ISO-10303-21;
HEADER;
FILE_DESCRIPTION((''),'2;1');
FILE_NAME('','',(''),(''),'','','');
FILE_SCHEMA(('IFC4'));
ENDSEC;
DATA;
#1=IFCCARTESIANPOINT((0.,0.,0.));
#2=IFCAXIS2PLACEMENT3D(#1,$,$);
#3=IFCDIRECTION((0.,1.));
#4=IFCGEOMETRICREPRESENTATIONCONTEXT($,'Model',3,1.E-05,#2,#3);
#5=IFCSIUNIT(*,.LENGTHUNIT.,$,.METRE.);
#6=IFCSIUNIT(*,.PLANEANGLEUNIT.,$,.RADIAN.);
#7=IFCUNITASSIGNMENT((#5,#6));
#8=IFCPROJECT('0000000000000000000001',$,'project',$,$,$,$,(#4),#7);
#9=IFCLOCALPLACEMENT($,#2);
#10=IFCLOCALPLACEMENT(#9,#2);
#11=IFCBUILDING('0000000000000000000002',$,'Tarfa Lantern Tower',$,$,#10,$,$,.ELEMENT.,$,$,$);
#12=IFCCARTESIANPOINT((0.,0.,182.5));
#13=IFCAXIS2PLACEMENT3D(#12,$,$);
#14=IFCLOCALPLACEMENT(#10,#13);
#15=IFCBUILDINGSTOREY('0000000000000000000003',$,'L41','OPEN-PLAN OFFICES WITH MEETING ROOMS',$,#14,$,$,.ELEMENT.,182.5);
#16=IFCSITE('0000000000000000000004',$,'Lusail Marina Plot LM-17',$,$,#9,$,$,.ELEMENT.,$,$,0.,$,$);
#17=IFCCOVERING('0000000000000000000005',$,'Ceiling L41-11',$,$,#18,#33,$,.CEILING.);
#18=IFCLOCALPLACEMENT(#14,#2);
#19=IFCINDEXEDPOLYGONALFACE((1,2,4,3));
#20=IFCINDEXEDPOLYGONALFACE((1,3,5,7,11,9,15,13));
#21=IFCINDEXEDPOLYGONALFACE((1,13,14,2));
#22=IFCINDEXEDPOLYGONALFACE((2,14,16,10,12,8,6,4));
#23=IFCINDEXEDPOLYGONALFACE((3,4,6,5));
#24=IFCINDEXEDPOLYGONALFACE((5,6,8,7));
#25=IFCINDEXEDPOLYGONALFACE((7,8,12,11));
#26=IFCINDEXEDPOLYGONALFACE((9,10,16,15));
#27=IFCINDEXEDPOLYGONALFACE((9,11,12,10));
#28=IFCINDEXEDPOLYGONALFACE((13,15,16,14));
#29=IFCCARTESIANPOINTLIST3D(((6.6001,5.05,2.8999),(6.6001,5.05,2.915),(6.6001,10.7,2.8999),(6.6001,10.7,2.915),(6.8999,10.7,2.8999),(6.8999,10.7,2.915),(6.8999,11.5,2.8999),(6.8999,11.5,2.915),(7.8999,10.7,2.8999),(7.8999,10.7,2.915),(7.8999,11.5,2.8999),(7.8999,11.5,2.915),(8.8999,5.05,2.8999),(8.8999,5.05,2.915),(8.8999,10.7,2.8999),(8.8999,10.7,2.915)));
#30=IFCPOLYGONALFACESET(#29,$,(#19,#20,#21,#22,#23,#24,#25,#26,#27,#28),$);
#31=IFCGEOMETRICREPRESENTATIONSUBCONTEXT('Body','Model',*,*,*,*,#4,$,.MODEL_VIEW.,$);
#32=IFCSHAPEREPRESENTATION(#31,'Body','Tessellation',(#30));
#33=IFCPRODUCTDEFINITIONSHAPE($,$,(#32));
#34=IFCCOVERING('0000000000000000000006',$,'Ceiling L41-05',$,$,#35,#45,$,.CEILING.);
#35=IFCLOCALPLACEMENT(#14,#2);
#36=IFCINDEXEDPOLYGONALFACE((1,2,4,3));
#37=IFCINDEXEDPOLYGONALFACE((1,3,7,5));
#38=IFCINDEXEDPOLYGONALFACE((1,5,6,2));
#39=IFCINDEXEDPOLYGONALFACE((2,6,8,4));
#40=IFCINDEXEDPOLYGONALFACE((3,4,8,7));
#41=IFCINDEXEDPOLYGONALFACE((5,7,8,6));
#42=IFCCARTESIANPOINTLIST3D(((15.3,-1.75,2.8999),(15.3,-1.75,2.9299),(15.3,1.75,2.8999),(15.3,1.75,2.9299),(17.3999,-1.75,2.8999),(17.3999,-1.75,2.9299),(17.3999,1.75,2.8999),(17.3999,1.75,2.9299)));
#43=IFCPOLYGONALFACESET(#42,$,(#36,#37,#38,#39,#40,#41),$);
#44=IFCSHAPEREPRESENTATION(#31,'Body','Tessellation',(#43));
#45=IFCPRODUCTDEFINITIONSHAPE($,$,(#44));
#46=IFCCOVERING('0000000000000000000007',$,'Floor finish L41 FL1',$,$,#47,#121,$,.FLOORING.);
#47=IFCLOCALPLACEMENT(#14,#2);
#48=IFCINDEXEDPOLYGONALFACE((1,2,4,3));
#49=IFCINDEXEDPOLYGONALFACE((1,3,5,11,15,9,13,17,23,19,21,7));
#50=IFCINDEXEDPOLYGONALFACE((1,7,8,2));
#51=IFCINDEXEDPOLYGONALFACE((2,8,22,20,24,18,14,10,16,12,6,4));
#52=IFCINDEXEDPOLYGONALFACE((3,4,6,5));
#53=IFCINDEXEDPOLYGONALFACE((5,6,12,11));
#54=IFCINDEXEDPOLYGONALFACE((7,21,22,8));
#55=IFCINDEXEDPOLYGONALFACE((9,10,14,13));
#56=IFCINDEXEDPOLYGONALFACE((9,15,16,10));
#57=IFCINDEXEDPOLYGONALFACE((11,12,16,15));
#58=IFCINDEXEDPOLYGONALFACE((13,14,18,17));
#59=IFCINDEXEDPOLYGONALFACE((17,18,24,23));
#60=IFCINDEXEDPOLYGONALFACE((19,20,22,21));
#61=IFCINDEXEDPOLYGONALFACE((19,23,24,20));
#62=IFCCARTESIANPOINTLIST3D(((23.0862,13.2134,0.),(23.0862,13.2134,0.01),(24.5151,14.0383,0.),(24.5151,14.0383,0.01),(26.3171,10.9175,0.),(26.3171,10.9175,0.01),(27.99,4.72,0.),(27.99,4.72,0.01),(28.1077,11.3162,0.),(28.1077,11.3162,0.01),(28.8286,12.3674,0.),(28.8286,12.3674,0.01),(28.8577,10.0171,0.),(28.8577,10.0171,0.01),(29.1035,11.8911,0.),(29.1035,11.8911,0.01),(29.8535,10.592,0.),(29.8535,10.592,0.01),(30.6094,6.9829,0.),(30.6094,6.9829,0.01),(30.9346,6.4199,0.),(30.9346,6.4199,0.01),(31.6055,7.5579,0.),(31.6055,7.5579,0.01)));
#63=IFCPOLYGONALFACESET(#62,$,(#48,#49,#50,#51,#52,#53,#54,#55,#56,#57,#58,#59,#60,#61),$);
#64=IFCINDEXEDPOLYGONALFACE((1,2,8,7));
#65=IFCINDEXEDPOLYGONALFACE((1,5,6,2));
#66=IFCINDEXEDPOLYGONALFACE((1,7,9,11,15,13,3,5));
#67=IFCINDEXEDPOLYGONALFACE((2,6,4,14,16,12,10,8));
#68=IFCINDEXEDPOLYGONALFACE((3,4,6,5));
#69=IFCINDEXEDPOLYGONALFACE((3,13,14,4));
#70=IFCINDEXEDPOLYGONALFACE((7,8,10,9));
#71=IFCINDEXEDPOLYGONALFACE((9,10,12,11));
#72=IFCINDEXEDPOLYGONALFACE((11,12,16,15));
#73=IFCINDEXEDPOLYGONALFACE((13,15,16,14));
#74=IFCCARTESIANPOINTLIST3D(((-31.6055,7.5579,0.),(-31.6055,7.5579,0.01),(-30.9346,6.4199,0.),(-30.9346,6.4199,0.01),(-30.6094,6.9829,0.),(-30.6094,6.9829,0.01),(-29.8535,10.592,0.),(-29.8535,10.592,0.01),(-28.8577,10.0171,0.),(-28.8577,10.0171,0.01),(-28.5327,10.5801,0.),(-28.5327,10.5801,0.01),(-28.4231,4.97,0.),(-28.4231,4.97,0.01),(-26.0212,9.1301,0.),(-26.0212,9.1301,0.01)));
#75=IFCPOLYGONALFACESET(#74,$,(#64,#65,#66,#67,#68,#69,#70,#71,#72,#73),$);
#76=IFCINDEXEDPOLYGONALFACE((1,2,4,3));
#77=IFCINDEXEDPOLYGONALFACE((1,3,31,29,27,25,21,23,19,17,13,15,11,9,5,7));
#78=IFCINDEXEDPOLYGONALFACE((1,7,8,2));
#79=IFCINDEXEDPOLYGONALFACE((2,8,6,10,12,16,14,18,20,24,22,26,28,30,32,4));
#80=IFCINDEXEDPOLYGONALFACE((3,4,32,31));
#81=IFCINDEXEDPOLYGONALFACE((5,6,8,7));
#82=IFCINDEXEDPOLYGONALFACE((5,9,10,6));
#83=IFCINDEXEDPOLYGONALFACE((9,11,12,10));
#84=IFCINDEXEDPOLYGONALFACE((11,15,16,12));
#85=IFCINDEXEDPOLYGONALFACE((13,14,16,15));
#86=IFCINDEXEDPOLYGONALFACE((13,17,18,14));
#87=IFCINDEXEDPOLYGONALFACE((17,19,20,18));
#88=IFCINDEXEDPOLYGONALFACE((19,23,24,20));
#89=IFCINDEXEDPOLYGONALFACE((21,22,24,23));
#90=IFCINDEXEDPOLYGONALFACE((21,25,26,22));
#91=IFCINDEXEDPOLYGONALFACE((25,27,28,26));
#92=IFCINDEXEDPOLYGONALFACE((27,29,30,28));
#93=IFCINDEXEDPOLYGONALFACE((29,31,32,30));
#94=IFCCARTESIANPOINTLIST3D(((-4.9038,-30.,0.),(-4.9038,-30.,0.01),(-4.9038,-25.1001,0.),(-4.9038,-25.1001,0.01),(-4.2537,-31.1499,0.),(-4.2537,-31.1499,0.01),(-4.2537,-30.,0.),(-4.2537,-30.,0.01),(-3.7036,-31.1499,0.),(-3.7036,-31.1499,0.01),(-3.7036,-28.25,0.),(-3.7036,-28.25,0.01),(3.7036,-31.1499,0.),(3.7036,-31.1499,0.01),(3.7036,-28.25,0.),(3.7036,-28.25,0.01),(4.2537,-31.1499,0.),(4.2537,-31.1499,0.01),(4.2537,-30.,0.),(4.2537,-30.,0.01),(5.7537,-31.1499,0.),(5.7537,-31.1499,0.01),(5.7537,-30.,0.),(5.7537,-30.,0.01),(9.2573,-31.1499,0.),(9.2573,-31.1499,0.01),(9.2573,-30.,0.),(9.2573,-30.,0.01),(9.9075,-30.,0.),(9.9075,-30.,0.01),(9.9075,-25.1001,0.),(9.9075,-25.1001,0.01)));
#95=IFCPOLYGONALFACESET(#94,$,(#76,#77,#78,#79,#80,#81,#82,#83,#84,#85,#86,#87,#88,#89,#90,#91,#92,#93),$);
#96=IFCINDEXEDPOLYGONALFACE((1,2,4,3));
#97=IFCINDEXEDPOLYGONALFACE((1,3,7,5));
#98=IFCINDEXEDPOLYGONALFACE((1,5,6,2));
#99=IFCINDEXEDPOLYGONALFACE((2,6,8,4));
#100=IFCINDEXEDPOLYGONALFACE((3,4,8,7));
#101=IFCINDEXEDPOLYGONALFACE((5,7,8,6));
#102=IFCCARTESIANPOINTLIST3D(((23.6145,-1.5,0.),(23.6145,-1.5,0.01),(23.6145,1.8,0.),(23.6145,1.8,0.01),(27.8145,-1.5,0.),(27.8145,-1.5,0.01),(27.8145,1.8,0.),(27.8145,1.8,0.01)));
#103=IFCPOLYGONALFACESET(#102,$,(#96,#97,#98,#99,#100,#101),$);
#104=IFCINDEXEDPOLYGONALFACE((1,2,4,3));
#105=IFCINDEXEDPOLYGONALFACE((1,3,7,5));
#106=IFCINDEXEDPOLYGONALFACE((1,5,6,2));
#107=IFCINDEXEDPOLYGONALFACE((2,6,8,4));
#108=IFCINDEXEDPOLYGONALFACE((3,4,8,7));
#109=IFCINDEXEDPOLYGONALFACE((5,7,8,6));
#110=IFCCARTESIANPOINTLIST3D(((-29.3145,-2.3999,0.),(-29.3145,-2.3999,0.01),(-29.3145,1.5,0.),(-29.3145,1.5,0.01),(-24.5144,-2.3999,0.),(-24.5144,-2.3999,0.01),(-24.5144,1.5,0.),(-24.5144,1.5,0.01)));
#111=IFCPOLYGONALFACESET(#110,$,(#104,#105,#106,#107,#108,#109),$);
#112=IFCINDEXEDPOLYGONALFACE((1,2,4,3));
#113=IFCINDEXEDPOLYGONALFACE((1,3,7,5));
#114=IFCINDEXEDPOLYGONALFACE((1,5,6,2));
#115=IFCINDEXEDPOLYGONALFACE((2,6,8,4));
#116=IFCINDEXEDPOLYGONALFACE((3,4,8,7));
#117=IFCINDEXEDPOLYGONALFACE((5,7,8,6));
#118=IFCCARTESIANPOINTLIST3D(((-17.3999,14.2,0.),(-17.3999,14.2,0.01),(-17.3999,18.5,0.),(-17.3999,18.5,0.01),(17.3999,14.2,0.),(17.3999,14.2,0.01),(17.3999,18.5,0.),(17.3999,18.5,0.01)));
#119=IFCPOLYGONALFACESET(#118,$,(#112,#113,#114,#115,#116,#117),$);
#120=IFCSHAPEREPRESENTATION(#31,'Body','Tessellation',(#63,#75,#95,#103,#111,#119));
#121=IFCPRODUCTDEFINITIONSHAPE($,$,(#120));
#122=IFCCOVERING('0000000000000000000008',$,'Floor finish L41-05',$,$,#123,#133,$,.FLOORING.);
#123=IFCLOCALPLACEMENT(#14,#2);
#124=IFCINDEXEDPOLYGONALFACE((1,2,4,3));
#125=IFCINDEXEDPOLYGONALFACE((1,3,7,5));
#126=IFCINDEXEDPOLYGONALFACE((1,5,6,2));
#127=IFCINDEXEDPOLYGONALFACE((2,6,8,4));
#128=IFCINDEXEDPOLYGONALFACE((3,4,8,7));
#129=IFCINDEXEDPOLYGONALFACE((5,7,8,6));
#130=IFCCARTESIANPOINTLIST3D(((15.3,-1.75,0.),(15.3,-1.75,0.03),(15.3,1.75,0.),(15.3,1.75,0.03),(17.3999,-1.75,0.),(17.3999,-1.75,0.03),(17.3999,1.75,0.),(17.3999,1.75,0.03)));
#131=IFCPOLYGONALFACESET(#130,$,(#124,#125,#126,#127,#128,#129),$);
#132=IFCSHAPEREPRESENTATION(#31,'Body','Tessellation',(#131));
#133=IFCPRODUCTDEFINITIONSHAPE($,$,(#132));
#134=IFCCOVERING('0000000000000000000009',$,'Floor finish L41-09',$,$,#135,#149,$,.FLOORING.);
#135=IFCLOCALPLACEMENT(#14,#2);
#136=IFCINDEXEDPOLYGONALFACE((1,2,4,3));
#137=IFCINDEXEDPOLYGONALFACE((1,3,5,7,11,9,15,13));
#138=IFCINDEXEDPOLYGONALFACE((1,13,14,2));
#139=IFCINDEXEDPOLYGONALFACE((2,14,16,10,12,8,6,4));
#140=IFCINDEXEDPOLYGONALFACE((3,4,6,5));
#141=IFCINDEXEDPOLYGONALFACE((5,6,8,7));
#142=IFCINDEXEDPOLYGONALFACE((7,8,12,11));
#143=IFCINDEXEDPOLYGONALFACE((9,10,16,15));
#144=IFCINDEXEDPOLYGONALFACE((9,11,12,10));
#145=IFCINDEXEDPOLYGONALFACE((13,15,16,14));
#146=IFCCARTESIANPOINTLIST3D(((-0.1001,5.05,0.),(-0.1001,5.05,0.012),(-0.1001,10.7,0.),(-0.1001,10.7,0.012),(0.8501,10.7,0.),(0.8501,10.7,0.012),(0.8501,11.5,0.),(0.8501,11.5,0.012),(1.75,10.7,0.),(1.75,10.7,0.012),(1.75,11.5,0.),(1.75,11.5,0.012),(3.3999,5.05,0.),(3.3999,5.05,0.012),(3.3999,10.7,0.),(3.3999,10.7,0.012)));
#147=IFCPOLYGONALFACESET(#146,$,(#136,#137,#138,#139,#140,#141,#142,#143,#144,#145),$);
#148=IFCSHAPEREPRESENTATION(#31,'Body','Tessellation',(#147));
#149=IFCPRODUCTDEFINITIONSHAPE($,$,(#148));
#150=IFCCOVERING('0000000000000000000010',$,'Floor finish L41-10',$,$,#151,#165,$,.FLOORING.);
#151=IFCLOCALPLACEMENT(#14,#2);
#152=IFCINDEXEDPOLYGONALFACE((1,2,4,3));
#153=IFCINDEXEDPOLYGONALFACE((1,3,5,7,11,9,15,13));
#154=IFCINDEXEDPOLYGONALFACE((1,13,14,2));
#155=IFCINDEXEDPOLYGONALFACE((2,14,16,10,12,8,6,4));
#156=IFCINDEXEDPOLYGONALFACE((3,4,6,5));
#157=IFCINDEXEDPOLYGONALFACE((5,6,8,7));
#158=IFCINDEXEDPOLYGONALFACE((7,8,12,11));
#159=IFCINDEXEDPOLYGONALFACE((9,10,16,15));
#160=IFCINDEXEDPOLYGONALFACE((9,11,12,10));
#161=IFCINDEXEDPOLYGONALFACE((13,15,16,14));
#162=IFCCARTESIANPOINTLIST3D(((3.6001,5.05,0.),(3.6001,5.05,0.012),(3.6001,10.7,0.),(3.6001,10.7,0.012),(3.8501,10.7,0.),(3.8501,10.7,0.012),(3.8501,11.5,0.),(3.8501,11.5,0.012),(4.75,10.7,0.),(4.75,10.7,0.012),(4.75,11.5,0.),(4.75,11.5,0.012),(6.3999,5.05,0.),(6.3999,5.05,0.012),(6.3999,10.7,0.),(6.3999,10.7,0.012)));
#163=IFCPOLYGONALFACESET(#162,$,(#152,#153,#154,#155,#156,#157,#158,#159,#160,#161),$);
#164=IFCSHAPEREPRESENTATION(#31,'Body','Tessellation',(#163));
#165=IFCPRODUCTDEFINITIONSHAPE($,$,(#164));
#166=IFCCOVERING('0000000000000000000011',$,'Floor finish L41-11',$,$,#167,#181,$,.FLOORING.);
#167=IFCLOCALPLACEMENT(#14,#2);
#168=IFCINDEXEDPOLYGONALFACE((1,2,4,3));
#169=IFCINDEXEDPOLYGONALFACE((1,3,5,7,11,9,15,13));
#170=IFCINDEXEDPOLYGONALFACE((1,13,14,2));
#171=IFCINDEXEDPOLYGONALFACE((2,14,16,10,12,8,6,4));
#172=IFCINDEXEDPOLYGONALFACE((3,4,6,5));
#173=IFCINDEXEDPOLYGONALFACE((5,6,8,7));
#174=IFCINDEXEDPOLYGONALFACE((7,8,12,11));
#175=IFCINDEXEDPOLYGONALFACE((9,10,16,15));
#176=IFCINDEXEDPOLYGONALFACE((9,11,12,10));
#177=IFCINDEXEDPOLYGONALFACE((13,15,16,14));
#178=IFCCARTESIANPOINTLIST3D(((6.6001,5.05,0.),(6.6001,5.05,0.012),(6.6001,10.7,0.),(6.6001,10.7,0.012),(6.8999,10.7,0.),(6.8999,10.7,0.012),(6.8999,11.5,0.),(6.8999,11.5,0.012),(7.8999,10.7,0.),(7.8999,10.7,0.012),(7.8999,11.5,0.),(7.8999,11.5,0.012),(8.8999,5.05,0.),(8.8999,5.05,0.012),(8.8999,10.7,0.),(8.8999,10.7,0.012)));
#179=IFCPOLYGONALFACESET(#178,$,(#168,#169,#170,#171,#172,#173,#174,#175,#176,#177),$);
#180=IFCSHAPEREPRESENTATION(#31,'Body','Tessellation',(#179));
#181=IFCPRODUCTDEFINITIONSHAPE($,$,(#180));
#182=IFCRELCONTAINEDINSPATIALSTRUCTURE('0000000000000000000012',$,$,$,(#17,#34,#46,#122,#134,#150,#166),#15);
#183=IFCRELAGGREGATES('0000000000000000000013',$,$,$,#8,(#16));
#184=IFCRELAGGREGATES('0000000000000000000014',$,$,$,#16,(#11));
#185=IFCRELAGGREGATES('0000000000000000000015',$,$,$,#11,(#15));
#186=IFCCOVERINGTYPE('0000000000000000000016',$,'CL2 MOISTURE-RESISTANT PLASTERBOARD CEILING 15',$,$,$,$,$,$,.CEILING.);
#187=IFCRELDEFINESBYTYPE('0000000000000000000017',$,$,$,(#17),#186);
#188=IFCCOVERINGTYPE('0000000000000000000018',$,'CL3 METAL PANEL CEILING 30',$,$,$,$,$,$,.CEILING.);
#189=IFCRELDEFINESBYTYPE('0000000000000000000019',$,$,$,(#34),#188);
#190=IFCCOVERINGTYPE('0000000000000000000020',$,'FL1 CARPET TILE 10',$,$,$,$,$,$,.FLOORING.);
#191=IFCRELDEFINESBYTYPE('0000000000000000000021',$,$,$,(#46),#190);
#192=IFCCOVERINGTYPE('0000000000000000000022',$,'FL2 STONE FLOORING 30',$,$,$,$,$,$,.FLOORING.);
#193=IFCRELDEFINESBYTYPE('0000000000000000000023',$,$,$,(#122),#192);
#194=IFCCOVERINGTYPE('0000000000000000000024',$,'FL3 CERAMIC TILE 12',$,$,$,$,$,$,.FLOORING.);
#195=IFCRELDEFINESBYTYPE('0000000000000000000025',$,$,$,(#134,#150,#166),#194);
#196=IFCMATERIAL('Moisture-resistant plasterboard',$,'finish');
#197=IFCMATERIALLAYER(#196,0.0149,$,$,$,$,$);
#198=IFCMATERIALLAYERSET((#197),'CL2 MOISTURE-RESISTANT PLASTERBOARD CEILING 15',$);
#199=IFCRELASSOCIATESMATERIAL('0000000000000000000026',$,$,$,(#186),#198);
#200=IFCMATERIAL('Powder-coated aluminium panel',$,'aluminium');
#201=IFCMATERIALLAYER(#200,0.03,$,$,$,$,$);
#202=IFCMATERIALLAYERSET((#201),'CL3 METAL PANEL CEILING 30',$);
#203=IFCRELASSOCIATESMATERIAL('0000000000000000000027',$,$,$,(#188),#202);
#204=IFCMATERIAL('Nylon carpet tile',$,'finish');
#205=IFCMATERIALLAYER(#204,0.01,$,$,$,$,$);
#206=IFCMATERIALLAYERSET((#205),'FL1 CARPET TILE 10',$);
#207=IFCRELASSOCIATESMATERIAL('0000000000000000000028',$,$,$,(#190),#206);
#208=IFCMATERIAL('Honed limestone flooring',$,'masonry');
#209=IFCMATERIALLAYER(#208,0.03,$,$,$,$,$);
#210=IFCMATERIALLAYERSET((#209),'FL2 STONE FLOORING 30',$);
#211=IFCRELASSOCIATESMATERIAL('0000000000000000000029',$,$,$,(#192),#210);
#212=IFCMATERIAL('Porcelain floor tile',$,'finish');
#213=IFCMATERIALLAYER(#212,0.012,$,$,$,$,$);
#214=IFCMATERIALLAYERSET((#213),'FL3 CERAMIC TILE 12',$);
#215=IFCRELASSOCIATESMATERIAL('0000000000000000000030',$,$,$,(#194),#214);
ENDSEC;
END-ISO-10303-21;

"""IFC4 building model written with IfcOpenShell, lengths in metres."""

from ifc_helpers import new_model, si_unit, direction, frame, origin, place, context, subcontext, project, spatial, polyline, outline, extrude, material, layer, layer_set, type_object, element, save


model = new_model("IFC4")

# Units and contexts
model_context = context("Model", 3, precision=1e-05, world=origin(), true_north=direction((0.0, 1.0)))
body_context = subcontext(model_context, "Body", "Model", "MODEL_VIEW")
ifc_project = project(units=[si_unit("LENGTHUNIT", "METRE"), si_unit("PLANEANGLEUNIT", "RADIAN")], contexts=[model_context])

# Site, building, storey
site_placement = place(None, origin())
site = spatial("IfcSite", under=ifc_project, at=site_placement, Name="Lusail Marina Plot LM-17", CompositionType="ELEMENT", RefElevation=0.0)
building_placement = place(site_placement, origin())
building = spatial("IfcBuilding", under=site, at=building_placement, Name="Tarfa Lantern Tower", CompositionType="ELEMENT")
storey_placement = place(building_placement, frame((0.0, 0.0, 182.5)))
storey = spatial("IfcBuildingStorey", under=building, at=storey_placement, Name="L41", Description="OPEN-PLAN OFFICES WITH MEETING ROOMS", CompositionType="ELEMENT", Elevation=182.5)

# Coverings
ifc_material_1 = material(Name="Moisture-resistant plasterboard", Category="finish")
ifc_layer_1 = layer(ifc_material_1, 0.0149)
ifc_layer_set_1 = layer_set([ifc_layer_1], Name="CL2 MOISTURE-RESISTANT PLASTERBOARD CEILING 15")
covering_type_1 = type_object("IfcCoveringType", Name="CL2 MOISTURE-RESISTANT PLASTERBOARD CEILING 15", PredefinedType="CEILING", material=ifc_layer_set_1)
covering_1_placement = place(storey_placement, frame((0.0, 0.0, 2.8999)))
element("IfcCovering", 1, at=covering_1_placement, inside=storey, type_object=covering_type_1, Name="Ceiling L41-11", PredefinedType="CEILING", context=body_context, shape_type="SweptSolid", body=[
    extrude(outline(polyline([(6.6001, 5.05), (8.8999, 5.05), (8.8999, 10.7), (7.8999, 10.7), (7.8999, 11.5), (6.8999, 11.5), (6.8999, 10.7), (6.6001, 10.7), (6.6001, 5.05)])), origin(), (0.0, 0.0, 1.0), 0.0151),
])
ifc_material_2 = material(Name="Powder-coated aluminium panel", Category="aluminium")
ifc_layer_2 = layer(ifc_material_2, 0.03)
ifc_layer_set_2 = layer_set([ifc_layer_2], Name="CL3 METAL PANEL CEILING 30")
covering_type_2 = type_object("IfcCoveringType", Name="CL3 METAL PANEL CEILING 30", PredefinedType="CEILING", material=ifc_layer_set_2)
covering_2_placement = place(storey_placement, frame((0.0, 0.0, 2.8999)))
element("IfcCovering", 2, at=covering_2_placement, inside=storey, type_object=covering_type_2, Name="Ceiling L41-05", PredefinedType="CEILING", context=body_context, shape_type="SweptSolid", body=[
    extrude(outline(polyline([(15.3, -1.75), (17.3999, -1.75), (17.3999, 1.75), (15.3, 1.75), (15.3, -1.75)])), origin(), (0.0, 0.0, 1.0), 0.03),
])
ifc_material_3 = material(Name="Nylon carpet tile", Category="finish")
ifc_layer_3 = layer(ifc_material_3, 0.01)
ifc_layer_set_3 = layer_set([ifc_layer_3], Name="FL1 CARPET TILE 10")
covering_type_3 = type_object("IfcCoveringType", Name="FL1 CARPET TILE 10", PredefinedType="FLOORING", material=ifc_layer_set_3)
covering_3_placement = place(storey_placement, origin())
element("IfcCovering", 3, at=covering_3_placement, inside=storey, type_object=covering_type_3, Name="Floor finish L41 FL1", PredefinedType="FLOORING", context=body_context, shape_type="SweptSolid", body=[
    extrude(outline(polyline([(27.99, 4.72), (23.0862, 13.2134), (24.5151, 14.0383), (26.3171, 10.9175), (28.8286, 12.3674), (29.1035, 11.8911), (28.1077, 11.3162), (28.8577, 10.0171), (29.8535, 10.592), (31.6055, 7.5579), (30.6094, 6.9829), (30.9346, 6.4199), (27.99, 4.72)])), origin(), (0.0, 0.0, 1.0), 0.01),
    extrude(outline(polyline([(-28.4231, 4.97), (-30.9346, 6.4199), (-30.6094, 6.9829), (-31.6055, 7.5579), (-29.8535, 10.592), (-28.8577, 10.0171), (-28.5327, 10.5801), (-26.0212, 9.1301), (-28.4231, 4.97)])), origin(), (0.0, 0.0, 1.0), 0.01),
    extrude(outline(polyline([(9.9075, -25.1001), (9.9075, -30.0), (9.2573, -30.0), (9.2573, -31.1499), (5.7537, -31.1499), (5.7537, -30.0), (4.2537, -30.0), (4.2537, -31.1499), (3.7036, -31.1499), (3.7036, -28.25), (-3.7036, -28.25), (-3.7036, -31.1499), (-4.2537, -31.1499), (-4.2537, -30.0), (-4.9038, -30.0), (-4.9038, -25.1001), (9.9075, -25.1001)])), origin(), (0.0, 0.0, 1.0), 0.01),
    extrude(outline(polyline([(27.8145, 1.8), (27.8145, -1.5), (23.6145, -1.5), (23.6145, 1.8), (27.8145, 1.8)])), origin(), (0.0, 0.0, 1.0), 0.01),
    extrude(outline(polyline([(-29.3145, -2.3999), (-29.3145, 1.5), (-24.5144, 1.5), (-24.5144, -2.3999), (-29.3145, -2.3999)])), origin(), (0.0, 0.0, 1.0), 0.01),
    extrude(outline(polyline([(-17.3999, 18.5), (17.3999, 18.5), (17.3999, 14.2), (-17.3999, 14.2), (-17.3999, 18.5)])), origin(), (0.0, 0.0, 1.0), 0.01),
])
ifc_material_4 = material(Name="Honed limestone flooring", Category="masonry")
ifc_layer_4 = layer(ifc_material_4, 0.03)
ifc_layer_set_4 = layer_set([ifc_layer_4], Name="FL2 STONE FLOORING 30")
covering_type_4 = type_object("IfcCoveringType", Name="FL2 STONE FLOORING 30", PredefinedType="FLOORING", material=ifc_layer_set_4)
covering_4_placement = place(storey_placement, origin())
element("IfcCovering", 4, at=covering_4_placement, inside=storey, type_object=covering_type_4, Name="Floor finish L41-05", PredefinedType="FLOORING", context=body_context, shape_type="SweptSolid", body=[
    extrude(outline(polyline([(15.3, -1.75), (17.3999, -1.75), (17.3999, 1.75), (15.3, 1.75), (15.3, -1.75)])), origin(), (0.0, 0.0, 1.0), 0.03),
])
ifc_material_5 = material(Name="Porcelain floor tile", Category="finish")
ifc_layer_5 = layer(ifc_material_5, 0.012)
ifc_layer_set_5 = layer_set([ifc_layer_5], Name="FL3 CERAMIC TILE 12")
covering_type_5 = type_object("IfcCoveringType", Name="FL3 CERAMIC TILE 12", PredefinedType="FLOORING", material=ifc_layer_set_5)
covering_5_placement = place(storey_placement, origin())
element("IfcCovering", 5, at=covering_5_placement, inside=storey, type_object=covering_type_5, Name="Floor finish L41-09", PredefinedType="FLOORING", context=body_context, shape_type="SweptSolid", body=[
    extrude(outline(polyline([(0.8501, 10.7), (-0.1001, 10.7), (-0.1001, 5.05), (3.3999, 5.05), (3.3999, 10.7), (1.75, 10.7), (1.75, 11.5), (0.8501, 11.5), (0.8501, 11.5), (0.8501, 10.7)])), origin(), (0.0, 0.0, 1.0), 0.012),
])
covering_6_placement = place(storey_placement, origin())
element("IfcCovering", 6, at=covering_6_placement, inside=storey, type_object=covering_type_5, Name="Floor finish L41-10", PredefinedType="FLOORING", context=body_context, shape_type="SweptSolid", body=[
    extrude(outline(polyline([(3.6001, 5.05), (6.3999, 5.05), (6.3999, 10.7), (4.75, 10.7), (4.75, 11.5), (3.8501, 11.5), (3.8501, 10.7), (3.6001, 10.7), (3.6001, 5.05)])), origin(), (0.0, 0.0, 1.0), 0.012),
])
covering_7_placement = place(storey_placement, origin())
element("IfcCovering", 7, at=covering_7_placement, inside=storey, type_object=covering_type_5, Name="Floor finish L41-11", PredefinedType="FLOORING", context=body_context, shape_type="SweptSolid", body=[
    extrude(outline(polyline([(6.6001, 5.05), (8.8999, 5.05), (8.8999, 10.7), (7.8999, 10.7), (7.8999, 11.5), (6.8999, 11.5), (6.8999, 10.7), (6.6001, 10.7), (6.6001, 5.05)])), origin(), (0.0, 0.0, 1.0), 0.012),
])

save(model, "model.ifc")
